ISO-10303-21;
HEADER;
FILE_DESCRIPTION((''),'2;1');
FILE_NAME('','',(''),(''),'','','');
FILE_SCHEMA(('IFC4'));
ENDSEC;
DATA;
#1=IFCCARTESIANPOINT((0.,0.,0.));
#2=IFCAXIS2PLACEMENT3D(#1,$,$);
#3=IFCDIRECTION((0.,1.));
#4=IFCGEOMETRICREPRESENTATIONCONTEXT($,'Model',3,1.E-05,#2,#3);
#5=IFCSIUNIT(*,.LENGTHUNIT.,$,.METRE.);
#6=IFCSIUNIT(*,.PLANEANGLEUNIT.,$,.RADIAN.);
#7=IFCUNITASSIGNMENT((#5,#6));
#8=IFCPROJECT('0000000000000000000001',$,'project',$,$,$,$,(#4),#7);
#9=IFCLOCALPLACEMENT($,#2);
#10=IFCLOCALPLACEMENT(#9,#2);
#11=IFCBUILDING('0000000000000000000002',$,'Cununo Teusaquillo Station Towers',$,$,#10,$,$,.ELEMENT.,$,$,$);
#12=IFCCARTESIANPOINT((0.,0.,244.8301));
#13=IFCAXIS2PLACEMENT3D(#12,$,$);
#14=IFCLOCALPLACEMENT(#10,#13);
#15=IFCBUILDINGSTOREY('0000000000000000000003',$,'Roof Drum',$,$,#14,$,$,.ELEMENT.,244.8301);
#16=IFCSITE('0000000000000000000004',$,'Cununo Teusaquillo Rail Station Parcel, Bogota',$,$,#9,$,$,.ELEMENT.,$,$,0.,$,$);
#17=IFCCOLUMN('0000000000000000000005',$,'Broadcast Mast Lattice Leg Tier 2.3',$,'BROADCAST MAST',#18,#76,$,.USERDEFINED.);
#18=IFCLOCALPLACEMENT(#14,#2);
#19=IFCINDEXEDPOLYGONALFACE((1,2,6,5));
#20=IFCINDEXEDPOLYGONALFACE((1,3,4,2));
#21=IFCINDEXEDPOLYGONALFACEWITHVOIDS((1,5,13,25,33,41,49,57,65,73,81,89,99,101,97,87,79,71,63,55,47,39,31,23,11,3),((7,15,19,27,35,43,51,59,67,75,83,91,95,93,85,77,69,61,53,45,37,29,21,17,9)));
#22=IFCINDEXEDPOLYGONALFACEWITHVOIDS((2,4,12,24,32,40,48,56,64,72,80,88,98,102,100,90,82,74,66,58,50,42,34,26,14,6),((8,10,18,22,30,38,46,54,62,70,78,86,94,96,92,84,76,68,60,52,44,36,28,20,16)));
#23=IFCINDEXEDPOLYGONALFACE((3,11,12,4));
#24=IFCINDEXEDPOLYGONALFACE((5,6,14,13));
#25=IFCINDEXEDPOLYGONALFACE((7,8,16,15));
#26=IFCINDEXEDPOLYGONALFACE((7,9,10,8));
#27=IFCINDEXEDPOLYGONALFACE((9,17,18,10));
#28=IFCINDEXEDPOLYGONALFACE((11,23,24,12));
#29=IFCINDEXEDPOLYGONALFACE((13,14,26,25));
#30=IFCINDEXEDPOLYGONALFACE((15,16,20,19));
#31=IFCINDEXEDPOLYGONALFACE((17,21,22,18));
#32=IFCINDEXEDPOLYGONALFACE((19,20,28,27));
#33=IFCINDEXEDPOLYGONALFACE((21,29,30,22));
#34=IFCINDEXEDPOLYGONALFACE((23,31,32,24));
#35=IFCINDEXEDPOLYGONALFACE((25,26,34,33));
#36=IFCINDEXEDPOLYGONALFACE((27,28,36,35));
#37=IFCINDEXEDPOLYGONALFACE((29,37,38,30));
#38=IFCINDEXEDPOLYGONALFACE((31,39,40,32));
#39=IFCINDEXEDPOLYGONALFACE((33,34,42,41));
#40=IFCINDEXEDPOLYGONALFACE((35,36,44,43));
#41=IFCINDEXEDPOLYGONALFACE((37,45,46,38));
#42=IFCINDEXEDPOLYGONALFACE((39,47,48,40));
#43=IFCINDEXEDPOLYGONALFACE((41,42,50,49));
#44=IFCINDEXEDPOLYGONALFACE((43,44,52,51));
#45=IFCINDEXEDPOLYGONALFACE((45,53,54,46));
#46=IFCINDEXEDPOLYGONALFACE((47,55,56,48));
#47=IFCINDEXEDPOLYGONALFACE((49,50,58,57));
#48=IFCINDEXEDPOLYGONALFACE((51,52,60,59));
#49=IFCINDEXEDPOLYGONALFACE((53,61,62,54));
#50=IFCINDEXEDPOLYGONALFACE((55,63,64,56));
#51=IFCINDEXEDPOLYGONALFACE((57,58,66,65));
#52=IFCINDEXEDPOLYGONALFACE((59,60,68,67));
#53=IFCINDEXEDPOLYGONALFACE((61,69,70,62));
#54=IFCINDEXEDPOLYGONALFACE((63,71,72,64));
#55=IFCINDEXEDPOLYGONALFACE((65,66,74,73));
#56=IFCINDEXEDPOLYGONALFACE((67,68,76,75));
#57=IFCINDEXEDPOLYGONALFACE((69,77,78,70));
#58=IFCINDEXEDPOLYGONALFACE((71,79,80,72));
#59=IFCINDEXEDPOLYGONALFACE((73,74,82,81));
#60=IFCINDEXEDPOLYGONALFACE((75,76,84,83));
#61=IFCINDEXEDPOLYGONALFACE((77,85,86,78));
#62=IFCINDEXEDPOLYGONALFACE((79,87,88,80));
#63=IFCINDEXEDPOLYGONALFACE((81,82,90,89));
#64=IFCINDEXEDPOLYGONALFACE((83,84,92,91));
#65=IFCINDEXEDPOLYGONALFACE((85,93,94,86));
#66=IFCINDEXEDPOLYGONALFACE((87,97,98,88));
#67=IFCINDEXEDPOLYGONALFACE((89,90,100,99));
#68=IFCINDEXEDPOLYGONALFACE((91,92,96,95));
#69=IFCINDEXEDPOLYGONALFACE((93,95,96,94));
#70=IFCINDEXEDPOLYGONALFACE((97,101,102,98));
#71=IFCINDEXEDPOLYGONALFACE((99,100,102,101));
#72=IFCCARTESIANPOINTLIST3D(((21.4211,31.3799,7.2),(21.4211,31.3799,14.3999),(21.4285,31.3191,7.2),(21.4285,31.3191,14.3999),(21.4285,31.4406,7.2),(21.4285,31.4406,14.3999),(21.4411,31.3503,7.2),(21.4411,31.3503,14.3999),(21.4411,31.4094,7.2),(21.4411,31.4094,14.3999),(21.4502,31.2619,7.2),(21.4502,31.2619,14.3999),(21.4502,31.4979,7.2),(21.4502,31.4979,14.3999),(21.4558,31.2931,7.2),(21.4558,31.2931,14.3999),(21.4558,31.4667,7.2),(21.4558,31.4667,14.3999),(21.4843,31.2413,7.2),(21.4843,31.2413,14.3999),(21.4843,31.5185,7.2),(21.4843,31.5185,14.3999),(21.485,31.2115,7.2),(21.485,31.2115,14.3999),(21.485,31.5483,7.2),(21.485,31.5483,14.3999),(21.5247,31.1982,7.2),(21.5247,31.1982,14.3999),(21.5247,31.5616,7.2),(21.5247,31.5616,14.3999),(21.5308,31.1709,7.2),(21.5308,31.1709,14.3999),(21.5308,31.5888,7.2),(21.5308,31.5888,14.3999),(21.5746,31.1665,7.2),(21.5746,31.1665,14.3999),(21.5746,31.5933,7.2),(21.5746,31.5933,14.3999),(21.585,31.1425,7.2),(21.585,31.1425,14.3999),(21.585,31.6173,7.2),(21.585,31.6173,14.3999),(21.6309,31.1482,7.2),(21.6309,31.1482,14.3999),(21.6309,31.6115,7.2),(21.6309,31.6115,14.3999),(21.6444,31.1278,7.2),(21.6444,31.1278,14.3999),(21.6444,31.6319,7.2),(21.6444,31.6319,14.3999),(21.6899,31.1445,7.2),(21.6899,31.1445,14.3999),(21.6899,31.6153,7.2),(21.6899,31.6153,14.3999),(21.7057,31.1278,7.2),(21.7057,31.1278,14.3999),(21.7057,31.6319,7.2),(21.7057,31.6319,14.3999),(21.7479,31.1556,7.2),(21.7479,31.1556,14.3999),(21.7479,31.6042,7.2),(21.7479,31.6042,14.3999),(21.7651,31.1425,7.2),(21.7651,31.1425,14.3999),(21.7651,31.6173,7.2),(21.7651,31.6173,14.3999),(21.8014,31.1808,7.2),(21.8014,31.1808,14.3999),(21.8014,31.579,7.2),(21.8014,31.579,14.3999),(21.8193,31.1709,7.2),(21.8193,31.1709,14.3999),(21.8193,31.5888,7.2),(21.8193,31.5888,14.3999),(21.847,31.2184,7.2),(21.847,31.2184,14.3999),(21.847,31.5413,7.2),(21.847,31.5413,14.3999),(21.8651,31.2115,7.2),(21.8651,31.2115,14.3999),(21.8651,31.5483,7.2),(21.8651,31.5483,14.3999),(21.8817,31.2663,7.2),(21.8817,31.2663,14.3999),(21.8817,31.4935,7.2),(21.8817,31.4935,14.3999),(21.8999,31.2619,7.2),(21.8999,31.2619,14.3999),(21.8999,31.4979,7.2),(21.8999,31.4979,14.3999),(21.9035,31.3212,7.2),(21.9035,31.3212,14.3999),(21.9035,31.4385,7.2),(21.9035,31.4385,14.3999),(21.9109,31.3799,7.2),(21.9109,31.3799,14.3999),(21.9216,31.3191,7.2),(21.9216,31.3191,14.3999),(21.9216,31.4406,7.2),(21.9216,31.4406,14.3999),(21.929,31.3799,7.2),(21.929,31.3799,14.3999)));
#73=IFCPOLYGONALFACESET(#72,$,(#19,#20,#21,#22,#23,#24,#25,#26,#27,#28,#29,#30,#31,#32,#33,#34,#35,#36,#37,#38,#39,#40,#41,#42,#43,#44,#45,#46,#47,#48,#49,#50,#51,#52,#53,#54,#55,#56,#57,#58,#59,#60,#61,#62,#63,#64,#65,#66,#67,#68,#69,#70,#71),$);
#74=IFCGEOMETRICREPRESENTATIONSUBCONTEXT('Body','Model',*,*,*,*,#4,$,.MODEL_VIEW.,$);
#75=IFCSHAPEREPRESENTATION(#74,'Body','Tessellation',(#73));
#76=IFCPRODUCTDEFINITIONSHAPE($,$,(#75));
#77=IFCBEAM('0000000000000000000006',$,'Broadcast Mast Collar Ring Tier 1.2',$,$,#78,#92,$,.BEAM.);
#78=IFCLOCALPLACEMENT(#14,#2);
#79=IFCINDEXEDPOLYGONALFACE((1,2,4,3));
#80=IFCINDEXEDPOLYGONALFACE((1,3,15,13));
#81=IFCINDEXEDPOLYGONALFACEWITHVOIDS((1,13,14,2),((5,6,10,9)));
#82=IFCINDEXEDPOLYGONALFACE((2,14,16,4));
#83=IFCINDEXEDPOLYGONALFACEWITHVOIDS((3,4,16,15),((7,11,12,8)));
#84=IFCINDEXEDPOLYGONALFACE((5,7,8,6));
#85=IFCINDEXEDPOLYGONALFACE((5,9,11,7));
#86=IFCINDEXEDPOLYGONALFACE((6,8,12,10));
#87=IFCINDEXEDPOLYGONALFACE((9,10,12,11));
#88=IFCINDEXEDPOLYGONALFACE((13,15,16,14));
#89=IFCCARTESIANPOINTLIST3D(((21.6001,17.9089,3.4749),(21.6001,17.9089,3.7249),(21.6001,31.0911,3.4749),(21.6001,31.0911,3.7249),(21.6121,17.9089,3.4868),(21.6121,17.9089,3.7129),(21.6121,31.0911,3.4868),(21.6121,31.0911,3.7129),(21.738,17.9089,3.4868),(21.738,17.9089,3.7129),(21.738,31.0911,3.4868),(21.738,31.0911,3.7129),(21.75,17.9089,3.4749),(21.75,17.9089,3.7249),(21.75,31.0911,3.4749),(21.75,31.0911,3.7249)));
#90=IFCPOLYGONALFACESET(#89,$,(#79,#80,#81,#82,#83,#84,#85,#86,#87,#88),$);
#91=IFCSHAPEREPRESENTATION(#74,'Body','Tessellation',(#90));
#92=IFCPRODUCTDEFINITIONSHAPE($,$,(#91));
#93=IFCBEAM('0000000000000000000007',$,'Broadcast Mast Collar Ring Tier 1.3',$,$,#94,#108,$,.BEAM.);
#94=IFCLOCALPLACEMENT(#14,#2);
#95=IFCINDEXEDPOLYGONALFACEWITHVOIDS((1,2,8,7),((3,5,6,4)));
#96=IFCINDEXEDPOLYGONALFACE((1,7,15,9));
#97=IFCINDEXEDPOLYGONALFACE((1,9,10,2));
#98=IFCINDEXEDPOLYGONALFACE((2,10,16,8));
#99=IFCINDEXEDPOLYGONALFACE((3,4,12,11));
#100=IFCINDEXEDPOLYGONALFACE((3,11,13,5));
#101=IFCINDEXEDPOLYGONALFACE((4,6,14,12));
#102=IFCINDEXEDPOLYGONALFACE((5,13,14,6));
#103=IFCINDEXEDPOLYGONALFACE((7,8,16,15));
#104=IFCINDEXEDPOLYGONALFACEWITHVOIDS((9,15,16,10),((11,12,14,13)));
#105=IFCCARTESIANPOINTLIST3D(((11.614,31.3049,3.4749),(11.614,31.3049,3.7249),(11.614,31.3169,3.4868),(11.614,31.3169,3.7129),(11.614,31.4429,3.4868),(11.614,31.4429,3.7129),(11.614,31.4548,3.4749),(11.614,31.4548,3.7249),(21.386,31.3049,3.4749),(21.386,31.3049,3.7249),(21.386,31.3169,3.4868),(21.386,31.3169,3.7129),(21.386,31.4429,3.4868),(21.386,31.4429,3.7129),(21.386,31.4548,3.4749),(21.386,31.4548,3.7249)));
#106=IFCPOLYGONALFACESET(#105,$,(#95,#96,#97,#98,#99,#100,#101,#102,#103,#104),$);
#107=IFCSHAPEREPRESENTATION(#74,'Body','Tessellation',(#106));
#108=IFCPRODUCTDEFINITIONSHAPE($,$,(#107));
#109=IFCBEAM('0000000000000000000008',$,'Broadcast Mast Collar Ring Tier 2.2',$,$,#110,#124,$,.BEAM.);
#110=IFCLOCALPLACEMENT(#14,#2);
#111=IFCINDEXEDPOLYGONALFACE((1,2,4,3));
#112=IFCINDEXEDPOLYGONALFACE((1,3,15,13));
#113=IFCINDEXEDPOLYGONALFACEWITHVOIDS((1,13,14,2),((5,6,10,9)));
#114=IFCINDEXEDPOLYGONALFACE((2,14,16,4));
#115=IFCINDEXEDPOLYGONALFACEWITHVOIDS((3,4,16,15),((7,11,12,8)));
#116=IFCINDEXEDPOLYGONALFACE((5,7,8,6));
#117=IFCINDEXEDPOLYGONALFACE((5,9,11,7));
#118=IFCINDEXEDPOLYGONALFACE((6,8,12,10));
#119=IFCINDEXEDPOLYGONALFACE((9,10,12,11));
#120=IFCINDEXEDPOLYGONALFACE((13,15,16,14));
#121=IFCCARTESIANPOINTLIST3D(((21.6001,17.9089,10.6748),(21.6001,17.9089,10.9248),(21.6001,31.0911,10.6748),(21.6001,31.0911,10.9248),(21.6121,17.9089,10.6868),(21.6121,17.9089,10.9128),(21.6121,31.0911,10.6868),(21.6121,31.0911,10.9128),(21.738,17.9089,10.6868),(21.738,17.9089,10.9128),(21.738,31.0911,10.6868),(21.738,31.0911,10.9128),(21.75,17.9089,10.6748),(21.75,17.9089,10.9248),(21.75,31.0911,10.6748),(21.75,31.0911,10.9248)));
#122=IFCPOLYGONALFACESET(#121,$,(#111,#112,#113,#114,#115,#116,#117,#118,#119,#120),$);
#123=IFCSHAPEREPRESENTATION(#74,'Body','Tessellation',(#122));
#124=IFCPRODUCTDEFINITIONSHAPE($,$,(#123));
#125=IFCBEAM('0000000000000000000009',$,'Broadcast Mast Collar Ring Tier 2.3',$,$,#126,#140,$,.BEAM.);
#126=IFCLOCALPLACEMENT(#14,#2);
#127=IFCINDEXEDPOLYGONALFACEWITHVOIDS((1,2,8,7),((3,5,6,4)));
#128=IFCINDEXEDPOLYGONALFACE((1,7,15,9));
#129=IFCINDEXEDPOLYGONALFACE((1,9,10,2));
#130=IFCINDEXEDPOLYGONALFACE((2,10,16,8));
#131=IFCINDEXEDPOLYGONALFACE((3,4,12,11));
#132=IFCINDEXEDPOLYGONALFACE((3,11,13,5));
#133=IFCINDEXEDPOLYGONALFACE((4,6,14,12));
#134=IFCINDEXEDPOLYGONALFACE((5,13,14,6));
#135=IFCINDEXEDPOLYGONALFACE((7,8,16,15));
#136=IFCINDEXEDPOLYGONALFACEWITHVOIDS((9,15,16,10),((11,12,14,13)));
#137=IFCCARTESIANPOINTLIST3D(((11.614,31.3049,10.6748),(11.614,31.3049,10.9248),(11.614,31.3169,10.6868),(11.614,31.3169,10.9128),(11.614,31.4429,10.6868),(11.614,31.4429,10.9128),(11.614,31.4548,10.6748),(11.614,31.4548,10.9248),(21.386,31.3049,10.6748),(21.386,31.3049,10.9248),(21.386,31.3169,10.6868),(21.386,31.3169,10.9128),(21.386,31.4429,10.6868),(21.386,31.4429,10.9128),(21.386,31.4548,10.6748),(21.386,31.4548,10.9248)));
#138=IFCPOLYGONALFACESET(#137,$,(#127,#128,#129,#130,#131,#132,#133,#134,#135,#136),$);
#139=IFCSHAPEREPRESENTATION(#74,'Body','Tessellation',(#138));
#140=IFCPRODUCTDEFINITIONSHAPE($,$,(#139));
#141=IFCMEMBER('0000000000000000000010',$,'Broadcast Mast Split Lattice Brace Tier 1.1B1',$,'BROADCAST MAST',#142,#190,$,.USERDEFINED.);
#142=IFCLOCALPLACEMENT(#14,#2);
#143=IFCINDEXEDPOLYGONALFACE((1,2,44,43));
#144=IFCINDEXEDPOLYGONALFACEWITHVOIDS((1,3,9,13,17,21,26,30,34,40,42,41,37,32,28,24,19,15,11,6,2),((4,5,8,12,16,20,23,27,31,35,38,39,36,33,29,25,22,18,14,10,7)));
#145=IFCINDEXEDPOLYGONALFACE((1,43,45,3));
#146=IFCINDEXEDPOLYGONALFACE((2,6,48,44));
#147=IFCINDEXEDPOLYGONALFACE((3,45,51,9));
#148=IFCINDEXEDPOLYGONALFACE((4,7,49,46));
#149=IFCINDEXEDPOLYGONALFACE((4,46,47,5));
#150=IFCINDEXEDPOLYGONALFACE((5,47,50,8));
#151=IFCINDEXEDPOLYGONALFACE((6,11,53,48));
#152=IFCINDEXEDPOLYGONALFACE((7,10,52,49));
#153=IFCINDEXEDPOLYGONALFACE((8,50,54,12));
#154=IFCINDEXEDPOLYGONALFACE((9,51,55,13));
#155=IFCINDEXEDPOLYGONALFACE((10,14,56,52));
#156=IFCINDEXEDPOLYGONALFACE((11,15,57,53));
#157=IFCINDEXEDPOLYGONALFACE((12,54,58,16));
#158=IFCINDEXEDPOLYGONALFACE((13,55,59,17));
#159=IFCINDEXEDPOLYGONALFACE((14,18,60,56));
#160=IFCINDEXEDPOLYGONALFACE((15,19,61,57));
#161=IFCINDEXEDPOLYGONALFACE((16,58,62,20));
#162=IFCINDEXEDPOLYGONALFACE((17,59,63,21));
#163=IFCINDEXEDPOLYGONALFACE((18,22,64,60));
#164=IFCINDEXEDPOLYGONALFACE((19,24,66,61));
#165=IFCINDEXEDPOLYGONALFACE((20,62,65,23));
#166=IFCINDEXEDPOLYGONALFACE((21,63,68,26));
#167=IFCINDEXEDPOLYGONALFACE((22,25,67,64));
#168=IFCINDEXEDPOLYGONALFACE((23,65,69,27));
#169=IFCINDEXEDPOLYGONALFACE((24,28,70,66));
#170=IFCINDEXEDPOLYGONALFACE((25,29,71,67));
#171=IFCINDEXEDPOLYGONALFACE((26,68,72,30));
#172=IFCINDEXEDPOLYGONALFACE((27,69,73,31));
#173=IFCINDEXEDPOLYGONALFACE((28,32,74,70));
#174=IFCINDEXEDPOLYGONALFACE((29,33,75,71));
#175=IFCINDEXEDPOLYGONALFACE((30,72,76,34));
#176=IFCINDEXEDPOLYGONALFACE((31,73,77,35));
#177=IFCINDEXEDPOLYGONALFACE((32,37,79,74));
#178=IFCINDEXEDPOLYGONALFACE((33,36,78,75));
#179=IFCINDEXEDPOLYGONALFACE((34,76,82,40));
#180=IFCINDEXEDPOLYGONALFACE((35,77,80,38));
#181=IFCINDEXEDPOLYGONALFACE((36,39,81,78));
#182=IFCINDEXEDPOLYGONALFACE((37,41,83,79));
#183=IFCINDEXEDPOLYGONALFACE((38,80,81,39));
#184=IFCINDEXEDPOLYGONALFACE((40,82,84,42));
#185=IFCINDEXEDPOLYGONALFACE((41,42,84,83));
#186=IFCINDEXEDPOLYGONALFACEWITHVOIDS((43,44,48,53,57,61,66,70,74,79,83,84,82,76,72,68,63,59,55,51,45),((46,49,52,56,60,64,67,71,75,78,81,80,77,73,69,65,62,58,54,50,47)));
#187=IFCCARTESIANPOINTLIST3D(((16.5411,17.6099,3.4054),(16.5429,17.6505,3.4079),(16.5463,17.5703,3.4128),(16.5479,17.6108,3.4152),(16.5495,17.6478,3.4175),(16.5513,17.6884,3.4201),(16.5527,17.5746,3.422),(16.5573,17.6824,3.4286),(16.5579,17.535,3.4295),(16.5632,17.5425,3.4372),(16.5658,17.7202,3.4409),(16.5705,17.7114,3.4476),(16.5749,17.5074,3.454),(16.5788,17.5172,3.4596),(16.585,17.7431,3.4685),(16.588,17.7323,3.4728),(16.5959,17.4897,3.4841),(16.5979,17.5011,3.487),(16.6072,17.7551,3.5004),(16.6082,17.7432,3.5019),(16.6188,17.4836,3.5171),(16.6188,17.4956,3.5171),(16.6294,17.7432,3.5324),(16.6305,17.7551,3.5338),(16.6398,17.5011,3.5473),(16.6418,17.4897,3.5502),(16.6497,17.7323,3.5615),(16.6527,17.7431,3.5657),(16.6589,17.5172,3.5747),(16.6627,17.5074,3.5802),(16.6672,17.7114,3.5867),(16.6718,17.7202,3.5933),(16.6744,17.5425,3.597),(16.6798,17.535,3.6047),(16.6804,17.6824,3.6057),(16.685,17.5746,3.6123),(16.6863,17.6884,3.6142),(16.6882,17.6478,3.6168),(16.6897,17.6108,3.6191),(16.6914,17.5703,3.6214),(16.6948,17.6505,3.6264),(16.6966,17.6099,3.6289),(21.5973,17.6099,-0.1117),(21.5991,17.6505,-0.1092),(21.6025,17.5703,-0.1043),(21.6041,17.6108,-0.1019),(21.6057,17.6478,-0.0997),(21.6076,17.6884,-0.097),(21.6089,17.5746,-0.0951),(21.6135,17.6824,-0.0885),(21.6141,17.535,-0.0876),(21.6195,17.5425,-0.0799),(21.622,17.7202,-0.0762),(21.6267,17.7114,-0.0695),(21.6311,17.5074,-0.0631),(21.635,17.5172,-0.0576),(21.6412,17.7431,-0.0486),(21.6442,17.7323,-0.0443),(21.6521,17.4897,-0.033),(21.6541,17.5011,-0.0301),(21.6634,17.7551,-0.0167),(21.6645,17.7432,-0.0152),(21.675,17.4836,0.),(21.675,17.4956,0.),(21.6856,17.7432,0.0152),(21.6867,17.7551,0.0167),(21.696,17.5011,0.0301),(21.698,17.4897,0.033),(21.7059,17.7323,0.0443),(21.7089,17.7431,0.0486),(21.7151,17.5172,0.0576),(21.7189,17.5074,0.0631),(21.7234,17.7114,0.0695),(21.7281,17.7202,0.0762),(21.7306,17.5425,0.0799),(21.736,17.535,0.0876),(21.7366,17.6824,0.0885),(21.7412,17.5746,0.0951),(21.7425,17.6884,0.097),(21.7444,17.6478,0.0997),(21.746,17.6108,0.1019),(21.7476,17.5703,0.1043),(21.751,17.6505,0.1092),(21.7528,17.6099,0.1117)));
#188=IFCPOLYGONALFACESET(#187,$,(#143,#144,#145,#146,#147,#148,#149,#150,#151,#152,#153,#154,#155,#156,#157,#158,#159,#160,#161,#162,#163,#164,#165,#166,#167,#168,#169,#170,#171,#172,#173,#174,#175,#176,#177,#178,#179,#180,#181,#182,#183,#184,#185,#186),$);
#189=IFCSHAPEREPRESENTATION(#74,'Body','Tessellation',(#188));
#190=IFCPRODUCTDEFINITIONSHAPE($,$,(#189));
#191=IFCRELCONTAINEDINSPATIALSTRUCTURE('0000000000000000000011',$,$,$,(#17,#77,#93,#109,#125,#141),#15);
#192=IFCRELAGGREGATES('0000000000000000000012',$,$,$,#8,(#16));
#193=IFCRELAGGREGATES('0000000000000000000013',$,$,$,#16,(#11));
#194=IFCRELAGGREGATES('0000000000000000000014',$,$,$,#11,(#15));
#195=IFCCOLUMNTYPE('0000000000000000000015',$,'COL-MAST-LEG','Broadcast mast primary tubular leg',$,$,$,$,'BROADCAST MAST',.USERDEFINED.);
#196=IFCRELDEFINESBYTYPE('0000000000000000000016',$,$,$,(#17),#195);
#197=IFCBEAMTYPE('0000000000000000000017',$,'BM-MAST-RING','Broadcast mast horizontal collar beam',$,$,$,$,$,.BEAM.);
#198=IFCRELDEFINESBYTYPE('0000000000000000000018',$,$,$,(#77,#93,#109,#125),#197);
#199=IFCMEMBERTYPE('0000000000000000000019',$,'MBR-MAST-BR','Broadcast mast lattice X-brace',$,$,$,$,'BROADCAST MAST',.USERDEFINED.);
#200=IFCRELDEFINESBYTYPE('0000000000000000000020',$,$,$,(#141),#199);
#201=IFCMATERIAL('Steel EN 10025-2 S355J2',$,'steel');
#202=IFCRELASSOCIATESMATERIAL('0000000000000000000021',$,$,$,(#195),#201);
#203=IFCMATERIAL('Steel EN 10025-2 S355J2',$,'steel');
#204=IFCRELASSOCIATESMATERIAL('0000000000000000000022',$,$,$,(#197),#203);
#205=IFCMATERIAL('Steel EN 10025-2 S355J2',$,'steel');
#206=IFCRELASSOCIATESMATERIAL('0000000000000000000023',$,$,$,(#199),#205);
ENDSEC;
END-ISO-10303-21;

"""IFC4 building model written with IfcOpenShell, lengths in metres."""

from ifc_helpers import new_model, si_unit, direction, frame, origin, origin_2d, place, context, subcontext, project, spatial, hollow_rectangle, hollow_circle, extrude, material, material_profile, profile_set, type_object, element, save


model = new_model("IFC4")

# Units and contexts
model_context = context("Model", 3, precision=1e-05, world=origin(), true_north=direction((0.0, 1.0)))
body_context = subcontext(model_context, "Body", "Model", "MODEL_VIEW")
ifc_project = project(units=[si_unit("LENGTHUNIT", "METRE"), si_unit("PLANEANGLEUNIT", "RADIAN")], contexts=[model_context])

# Site, building, storey
site_placement = place(None, origin())
site = spatial("IfcSite", under=ifc_project, at=site_placement, Name="Cununo Teusaquillo Rail Station Parcel, Bogota", CompositionType="ELEMENT", RefElevation=0.0)
building_placement = place(site_placement, origin())
building = spatial("IfcBuilding", under=site, at=building_placement, Name="Cununo Teusaquillo Station Towers", CompositionType="ELEMENT")
storey_placement = place(building_placement, frame((0.0, 0.0, 244.8301)))
storey = spatial("IfcBuildingStorey", under=building, at=storey_placement, Name="Roof Drum", CompositionType="ELEMENT", Elevation=244.8301)

# Column
ifc_material_1 = material(Name="Steel EN 10025-2 S355J2", Category="steel")
ifc_material_profile_1 = material_profile(ifc_material_1, hollow_circle(Radius=0.2539, WallThickness=0.0181, at=origin_2d()), Name="CHS 508x18")
ifc_profile_set_1 = profile_set([ifc_material_profile_1], Name="Steel EN 10025-2 S355J2")
column_type = type_object("IfcColumnType", Name="COL-MAST-LEG", Description="Broadcast mast primary tubular leg", ElementType="BROADCAST MAST", PredefinedType="USERDEFINED", material=ifc_profile_set_1)
for number, where, z_axis, x_axis, name in (
    (1, (21.675, 31.3799, 7.2), (0.0, 0.0, 1.0), (1.0, 0.0, 0.0), "Broadcast Mast Lattice Leg Tier 2.3"),
):
    element("IfcColumn", number, at=place(storey_placement, frame(where, z_axis=z_axis, x_axis=x_axis)), inside=storey, type_object=column_type, Name=name, ObjectType="BROADCAST MAST", PredefinedType="USERDEFINED", context=body_context, shape_type="SweptSolid", body=[
        extrude(hollow_circle(Radius=0.2539, WallThickness=0.0181, at=origin_2d()), origin(), (0.0, 0.0, 1.0), 7.2),
    ])

# Beams
ifc_material_2 = material(Name="Steel EN 10025-2 S355J2", Category="steel")
ifc_material_profile_2 = material_profile(ifc_material_2, hollow_rectangle(XDim=0.1499, YDim=0.25, WallThickness=0.012, at=origin_2d()), Name="RHS 250x150x12")
ifc_profile_set_2 = profile_set([ifc_material_profile_2], Name="Steel EN 10025-2 S355J2")
beam_type = type_object("IfcBeamType", Name="BM-MAST-RING", Description="Broadcast mast horizontal collar beam", PredefinedType="BEAM", material=ifc_profile_set_2)
beam_1_placement = place(storey_placement, frame((21.675, 17.9089, 3.5999), z_axis=(0.0, 1.0, 0.0), x_axis=(-1.0, 0.0, 0.0)))
element("IfcBeam", 2, at=beam_1_placement, inside=storey, type_object=beam_type, Name="Broadcast Mast Collar Ring Tier 1.2", PredefinedType="BEAM", context=body_context, shape_type="SweptSolid", body=[
    extrude(hollow_rectangle(XDim=0.1499, YDim=0.25, WallThickness=0.012, at=origin_2d()), origin(), (0.0, 0.0, 1.0), 13.1821),
])
beam_2_placement = place(storey_placement, frame((21.386, 31.3799, 3.5999), z_axis=(-1.0, 0.0, 0.0), x_axis=(0.0, -1.0, 0.0)))
element("IfcBeam", 3, at=beam_2_placement, inside=storey, type_object=beam_type, Name="Broadcast Mast Collar Ring Tier 1.3", PredefinedType="BEAM", context=body_context, shape_type="SweptSolid", body=[
    extrude(hollow_rectangle(XDim=0.1499, YDim=0.25, WallThickness=0.012, at=origin_2d()), origin(), (0.0, 0.0, 1.0), 9.772),
])
beam_3_placement = place(storey_placement, frame((21.675, 17.9089, 10.7998), z_axis=(0.0, 1.0, 0.0), x_axis=(-1.0, 0.0, 0.0)))
element("IfcBeam", 4, at=beam_3_placement, inside=storey, type_object=beam_type, Name="Broadcast Mast Collar Ring Tier 2.2", PredefinedType="BEAM", context=body_context, shape_type="SweptSolid", body=[
    extrude(hollow_rectangle(XDim=0.1499, YDim=0.25, WallThickness=0.012, at=origin_2d()), origin(), (0.0, 0.0, 1.0), 13.1821),
])
beam_4_placement = place(storey_placement, frame((21.386, 31.3799, 10.7998), z_axis=(-1.0, 0.0, 0.0), x_axis=(0.0, -1.0, 0.0)))
element("IfcBeam", 5, at=beam_4_placement, inside=storey, type_object=beam_type, Name="Broadcast Mast Collar Ring Tier 2.3", PredefinedType="BEAM", context=body_context, shape_type="SweptSolid", body=[
    extrude(hollow_rectangle(XDim=0.1499, YDim=0.25, WallThickness=0.012, at=origin_2d()), origin(), (0.0, 0.0, 1.0), 9.772),
])

# Member
ifc_material_3 = material(Name="Steel EN 10025-2 S355J2", Category="steel")
ifc_material_profile_3 = material_profile(ifc_material_3, hollow_circle(Radius=0.1365, WallThickness=0.012, at=origin_2d()), Name="CHS 273x12")
ifc_profile_set_3 = profile_set([ifc_material_profile_3], Name="Steel EN 10025-2 S355J2")
member_type = type_object("IfcMemberType", Name="MBR-MAST-BR", Description="Broadcast mast lattice X-brace", ElementType="BROADCAST MAST", PredefinedType="USERDEFINED", material=ifc_profile_set_3)
member_1_placement = place(storey_placement, frame((21.675, 17.6201, 0.0), z_axis=(-0.820923, 0.0, 0.571039), x_axis=(0.0, -1.0, 0.0)))
element("IfcMember", 6, at=member_1_placement, inside=storey, type_object=member_type, Name="Broadcast Mast Split Lattice Brace Tier 1.1B1", ObjectType="BROADCAST MAST", PredefinedType="USERDEFINED", context=body_context, shape_type="SweptSolid", body=[
    extrude(hollow_circle(Radius=0.1365, WallThickness=0.012, at=origin_2d()), origin(), (0.0, 0.0, 1.0), 6.1592),
])

save(model, "model.ifc")
